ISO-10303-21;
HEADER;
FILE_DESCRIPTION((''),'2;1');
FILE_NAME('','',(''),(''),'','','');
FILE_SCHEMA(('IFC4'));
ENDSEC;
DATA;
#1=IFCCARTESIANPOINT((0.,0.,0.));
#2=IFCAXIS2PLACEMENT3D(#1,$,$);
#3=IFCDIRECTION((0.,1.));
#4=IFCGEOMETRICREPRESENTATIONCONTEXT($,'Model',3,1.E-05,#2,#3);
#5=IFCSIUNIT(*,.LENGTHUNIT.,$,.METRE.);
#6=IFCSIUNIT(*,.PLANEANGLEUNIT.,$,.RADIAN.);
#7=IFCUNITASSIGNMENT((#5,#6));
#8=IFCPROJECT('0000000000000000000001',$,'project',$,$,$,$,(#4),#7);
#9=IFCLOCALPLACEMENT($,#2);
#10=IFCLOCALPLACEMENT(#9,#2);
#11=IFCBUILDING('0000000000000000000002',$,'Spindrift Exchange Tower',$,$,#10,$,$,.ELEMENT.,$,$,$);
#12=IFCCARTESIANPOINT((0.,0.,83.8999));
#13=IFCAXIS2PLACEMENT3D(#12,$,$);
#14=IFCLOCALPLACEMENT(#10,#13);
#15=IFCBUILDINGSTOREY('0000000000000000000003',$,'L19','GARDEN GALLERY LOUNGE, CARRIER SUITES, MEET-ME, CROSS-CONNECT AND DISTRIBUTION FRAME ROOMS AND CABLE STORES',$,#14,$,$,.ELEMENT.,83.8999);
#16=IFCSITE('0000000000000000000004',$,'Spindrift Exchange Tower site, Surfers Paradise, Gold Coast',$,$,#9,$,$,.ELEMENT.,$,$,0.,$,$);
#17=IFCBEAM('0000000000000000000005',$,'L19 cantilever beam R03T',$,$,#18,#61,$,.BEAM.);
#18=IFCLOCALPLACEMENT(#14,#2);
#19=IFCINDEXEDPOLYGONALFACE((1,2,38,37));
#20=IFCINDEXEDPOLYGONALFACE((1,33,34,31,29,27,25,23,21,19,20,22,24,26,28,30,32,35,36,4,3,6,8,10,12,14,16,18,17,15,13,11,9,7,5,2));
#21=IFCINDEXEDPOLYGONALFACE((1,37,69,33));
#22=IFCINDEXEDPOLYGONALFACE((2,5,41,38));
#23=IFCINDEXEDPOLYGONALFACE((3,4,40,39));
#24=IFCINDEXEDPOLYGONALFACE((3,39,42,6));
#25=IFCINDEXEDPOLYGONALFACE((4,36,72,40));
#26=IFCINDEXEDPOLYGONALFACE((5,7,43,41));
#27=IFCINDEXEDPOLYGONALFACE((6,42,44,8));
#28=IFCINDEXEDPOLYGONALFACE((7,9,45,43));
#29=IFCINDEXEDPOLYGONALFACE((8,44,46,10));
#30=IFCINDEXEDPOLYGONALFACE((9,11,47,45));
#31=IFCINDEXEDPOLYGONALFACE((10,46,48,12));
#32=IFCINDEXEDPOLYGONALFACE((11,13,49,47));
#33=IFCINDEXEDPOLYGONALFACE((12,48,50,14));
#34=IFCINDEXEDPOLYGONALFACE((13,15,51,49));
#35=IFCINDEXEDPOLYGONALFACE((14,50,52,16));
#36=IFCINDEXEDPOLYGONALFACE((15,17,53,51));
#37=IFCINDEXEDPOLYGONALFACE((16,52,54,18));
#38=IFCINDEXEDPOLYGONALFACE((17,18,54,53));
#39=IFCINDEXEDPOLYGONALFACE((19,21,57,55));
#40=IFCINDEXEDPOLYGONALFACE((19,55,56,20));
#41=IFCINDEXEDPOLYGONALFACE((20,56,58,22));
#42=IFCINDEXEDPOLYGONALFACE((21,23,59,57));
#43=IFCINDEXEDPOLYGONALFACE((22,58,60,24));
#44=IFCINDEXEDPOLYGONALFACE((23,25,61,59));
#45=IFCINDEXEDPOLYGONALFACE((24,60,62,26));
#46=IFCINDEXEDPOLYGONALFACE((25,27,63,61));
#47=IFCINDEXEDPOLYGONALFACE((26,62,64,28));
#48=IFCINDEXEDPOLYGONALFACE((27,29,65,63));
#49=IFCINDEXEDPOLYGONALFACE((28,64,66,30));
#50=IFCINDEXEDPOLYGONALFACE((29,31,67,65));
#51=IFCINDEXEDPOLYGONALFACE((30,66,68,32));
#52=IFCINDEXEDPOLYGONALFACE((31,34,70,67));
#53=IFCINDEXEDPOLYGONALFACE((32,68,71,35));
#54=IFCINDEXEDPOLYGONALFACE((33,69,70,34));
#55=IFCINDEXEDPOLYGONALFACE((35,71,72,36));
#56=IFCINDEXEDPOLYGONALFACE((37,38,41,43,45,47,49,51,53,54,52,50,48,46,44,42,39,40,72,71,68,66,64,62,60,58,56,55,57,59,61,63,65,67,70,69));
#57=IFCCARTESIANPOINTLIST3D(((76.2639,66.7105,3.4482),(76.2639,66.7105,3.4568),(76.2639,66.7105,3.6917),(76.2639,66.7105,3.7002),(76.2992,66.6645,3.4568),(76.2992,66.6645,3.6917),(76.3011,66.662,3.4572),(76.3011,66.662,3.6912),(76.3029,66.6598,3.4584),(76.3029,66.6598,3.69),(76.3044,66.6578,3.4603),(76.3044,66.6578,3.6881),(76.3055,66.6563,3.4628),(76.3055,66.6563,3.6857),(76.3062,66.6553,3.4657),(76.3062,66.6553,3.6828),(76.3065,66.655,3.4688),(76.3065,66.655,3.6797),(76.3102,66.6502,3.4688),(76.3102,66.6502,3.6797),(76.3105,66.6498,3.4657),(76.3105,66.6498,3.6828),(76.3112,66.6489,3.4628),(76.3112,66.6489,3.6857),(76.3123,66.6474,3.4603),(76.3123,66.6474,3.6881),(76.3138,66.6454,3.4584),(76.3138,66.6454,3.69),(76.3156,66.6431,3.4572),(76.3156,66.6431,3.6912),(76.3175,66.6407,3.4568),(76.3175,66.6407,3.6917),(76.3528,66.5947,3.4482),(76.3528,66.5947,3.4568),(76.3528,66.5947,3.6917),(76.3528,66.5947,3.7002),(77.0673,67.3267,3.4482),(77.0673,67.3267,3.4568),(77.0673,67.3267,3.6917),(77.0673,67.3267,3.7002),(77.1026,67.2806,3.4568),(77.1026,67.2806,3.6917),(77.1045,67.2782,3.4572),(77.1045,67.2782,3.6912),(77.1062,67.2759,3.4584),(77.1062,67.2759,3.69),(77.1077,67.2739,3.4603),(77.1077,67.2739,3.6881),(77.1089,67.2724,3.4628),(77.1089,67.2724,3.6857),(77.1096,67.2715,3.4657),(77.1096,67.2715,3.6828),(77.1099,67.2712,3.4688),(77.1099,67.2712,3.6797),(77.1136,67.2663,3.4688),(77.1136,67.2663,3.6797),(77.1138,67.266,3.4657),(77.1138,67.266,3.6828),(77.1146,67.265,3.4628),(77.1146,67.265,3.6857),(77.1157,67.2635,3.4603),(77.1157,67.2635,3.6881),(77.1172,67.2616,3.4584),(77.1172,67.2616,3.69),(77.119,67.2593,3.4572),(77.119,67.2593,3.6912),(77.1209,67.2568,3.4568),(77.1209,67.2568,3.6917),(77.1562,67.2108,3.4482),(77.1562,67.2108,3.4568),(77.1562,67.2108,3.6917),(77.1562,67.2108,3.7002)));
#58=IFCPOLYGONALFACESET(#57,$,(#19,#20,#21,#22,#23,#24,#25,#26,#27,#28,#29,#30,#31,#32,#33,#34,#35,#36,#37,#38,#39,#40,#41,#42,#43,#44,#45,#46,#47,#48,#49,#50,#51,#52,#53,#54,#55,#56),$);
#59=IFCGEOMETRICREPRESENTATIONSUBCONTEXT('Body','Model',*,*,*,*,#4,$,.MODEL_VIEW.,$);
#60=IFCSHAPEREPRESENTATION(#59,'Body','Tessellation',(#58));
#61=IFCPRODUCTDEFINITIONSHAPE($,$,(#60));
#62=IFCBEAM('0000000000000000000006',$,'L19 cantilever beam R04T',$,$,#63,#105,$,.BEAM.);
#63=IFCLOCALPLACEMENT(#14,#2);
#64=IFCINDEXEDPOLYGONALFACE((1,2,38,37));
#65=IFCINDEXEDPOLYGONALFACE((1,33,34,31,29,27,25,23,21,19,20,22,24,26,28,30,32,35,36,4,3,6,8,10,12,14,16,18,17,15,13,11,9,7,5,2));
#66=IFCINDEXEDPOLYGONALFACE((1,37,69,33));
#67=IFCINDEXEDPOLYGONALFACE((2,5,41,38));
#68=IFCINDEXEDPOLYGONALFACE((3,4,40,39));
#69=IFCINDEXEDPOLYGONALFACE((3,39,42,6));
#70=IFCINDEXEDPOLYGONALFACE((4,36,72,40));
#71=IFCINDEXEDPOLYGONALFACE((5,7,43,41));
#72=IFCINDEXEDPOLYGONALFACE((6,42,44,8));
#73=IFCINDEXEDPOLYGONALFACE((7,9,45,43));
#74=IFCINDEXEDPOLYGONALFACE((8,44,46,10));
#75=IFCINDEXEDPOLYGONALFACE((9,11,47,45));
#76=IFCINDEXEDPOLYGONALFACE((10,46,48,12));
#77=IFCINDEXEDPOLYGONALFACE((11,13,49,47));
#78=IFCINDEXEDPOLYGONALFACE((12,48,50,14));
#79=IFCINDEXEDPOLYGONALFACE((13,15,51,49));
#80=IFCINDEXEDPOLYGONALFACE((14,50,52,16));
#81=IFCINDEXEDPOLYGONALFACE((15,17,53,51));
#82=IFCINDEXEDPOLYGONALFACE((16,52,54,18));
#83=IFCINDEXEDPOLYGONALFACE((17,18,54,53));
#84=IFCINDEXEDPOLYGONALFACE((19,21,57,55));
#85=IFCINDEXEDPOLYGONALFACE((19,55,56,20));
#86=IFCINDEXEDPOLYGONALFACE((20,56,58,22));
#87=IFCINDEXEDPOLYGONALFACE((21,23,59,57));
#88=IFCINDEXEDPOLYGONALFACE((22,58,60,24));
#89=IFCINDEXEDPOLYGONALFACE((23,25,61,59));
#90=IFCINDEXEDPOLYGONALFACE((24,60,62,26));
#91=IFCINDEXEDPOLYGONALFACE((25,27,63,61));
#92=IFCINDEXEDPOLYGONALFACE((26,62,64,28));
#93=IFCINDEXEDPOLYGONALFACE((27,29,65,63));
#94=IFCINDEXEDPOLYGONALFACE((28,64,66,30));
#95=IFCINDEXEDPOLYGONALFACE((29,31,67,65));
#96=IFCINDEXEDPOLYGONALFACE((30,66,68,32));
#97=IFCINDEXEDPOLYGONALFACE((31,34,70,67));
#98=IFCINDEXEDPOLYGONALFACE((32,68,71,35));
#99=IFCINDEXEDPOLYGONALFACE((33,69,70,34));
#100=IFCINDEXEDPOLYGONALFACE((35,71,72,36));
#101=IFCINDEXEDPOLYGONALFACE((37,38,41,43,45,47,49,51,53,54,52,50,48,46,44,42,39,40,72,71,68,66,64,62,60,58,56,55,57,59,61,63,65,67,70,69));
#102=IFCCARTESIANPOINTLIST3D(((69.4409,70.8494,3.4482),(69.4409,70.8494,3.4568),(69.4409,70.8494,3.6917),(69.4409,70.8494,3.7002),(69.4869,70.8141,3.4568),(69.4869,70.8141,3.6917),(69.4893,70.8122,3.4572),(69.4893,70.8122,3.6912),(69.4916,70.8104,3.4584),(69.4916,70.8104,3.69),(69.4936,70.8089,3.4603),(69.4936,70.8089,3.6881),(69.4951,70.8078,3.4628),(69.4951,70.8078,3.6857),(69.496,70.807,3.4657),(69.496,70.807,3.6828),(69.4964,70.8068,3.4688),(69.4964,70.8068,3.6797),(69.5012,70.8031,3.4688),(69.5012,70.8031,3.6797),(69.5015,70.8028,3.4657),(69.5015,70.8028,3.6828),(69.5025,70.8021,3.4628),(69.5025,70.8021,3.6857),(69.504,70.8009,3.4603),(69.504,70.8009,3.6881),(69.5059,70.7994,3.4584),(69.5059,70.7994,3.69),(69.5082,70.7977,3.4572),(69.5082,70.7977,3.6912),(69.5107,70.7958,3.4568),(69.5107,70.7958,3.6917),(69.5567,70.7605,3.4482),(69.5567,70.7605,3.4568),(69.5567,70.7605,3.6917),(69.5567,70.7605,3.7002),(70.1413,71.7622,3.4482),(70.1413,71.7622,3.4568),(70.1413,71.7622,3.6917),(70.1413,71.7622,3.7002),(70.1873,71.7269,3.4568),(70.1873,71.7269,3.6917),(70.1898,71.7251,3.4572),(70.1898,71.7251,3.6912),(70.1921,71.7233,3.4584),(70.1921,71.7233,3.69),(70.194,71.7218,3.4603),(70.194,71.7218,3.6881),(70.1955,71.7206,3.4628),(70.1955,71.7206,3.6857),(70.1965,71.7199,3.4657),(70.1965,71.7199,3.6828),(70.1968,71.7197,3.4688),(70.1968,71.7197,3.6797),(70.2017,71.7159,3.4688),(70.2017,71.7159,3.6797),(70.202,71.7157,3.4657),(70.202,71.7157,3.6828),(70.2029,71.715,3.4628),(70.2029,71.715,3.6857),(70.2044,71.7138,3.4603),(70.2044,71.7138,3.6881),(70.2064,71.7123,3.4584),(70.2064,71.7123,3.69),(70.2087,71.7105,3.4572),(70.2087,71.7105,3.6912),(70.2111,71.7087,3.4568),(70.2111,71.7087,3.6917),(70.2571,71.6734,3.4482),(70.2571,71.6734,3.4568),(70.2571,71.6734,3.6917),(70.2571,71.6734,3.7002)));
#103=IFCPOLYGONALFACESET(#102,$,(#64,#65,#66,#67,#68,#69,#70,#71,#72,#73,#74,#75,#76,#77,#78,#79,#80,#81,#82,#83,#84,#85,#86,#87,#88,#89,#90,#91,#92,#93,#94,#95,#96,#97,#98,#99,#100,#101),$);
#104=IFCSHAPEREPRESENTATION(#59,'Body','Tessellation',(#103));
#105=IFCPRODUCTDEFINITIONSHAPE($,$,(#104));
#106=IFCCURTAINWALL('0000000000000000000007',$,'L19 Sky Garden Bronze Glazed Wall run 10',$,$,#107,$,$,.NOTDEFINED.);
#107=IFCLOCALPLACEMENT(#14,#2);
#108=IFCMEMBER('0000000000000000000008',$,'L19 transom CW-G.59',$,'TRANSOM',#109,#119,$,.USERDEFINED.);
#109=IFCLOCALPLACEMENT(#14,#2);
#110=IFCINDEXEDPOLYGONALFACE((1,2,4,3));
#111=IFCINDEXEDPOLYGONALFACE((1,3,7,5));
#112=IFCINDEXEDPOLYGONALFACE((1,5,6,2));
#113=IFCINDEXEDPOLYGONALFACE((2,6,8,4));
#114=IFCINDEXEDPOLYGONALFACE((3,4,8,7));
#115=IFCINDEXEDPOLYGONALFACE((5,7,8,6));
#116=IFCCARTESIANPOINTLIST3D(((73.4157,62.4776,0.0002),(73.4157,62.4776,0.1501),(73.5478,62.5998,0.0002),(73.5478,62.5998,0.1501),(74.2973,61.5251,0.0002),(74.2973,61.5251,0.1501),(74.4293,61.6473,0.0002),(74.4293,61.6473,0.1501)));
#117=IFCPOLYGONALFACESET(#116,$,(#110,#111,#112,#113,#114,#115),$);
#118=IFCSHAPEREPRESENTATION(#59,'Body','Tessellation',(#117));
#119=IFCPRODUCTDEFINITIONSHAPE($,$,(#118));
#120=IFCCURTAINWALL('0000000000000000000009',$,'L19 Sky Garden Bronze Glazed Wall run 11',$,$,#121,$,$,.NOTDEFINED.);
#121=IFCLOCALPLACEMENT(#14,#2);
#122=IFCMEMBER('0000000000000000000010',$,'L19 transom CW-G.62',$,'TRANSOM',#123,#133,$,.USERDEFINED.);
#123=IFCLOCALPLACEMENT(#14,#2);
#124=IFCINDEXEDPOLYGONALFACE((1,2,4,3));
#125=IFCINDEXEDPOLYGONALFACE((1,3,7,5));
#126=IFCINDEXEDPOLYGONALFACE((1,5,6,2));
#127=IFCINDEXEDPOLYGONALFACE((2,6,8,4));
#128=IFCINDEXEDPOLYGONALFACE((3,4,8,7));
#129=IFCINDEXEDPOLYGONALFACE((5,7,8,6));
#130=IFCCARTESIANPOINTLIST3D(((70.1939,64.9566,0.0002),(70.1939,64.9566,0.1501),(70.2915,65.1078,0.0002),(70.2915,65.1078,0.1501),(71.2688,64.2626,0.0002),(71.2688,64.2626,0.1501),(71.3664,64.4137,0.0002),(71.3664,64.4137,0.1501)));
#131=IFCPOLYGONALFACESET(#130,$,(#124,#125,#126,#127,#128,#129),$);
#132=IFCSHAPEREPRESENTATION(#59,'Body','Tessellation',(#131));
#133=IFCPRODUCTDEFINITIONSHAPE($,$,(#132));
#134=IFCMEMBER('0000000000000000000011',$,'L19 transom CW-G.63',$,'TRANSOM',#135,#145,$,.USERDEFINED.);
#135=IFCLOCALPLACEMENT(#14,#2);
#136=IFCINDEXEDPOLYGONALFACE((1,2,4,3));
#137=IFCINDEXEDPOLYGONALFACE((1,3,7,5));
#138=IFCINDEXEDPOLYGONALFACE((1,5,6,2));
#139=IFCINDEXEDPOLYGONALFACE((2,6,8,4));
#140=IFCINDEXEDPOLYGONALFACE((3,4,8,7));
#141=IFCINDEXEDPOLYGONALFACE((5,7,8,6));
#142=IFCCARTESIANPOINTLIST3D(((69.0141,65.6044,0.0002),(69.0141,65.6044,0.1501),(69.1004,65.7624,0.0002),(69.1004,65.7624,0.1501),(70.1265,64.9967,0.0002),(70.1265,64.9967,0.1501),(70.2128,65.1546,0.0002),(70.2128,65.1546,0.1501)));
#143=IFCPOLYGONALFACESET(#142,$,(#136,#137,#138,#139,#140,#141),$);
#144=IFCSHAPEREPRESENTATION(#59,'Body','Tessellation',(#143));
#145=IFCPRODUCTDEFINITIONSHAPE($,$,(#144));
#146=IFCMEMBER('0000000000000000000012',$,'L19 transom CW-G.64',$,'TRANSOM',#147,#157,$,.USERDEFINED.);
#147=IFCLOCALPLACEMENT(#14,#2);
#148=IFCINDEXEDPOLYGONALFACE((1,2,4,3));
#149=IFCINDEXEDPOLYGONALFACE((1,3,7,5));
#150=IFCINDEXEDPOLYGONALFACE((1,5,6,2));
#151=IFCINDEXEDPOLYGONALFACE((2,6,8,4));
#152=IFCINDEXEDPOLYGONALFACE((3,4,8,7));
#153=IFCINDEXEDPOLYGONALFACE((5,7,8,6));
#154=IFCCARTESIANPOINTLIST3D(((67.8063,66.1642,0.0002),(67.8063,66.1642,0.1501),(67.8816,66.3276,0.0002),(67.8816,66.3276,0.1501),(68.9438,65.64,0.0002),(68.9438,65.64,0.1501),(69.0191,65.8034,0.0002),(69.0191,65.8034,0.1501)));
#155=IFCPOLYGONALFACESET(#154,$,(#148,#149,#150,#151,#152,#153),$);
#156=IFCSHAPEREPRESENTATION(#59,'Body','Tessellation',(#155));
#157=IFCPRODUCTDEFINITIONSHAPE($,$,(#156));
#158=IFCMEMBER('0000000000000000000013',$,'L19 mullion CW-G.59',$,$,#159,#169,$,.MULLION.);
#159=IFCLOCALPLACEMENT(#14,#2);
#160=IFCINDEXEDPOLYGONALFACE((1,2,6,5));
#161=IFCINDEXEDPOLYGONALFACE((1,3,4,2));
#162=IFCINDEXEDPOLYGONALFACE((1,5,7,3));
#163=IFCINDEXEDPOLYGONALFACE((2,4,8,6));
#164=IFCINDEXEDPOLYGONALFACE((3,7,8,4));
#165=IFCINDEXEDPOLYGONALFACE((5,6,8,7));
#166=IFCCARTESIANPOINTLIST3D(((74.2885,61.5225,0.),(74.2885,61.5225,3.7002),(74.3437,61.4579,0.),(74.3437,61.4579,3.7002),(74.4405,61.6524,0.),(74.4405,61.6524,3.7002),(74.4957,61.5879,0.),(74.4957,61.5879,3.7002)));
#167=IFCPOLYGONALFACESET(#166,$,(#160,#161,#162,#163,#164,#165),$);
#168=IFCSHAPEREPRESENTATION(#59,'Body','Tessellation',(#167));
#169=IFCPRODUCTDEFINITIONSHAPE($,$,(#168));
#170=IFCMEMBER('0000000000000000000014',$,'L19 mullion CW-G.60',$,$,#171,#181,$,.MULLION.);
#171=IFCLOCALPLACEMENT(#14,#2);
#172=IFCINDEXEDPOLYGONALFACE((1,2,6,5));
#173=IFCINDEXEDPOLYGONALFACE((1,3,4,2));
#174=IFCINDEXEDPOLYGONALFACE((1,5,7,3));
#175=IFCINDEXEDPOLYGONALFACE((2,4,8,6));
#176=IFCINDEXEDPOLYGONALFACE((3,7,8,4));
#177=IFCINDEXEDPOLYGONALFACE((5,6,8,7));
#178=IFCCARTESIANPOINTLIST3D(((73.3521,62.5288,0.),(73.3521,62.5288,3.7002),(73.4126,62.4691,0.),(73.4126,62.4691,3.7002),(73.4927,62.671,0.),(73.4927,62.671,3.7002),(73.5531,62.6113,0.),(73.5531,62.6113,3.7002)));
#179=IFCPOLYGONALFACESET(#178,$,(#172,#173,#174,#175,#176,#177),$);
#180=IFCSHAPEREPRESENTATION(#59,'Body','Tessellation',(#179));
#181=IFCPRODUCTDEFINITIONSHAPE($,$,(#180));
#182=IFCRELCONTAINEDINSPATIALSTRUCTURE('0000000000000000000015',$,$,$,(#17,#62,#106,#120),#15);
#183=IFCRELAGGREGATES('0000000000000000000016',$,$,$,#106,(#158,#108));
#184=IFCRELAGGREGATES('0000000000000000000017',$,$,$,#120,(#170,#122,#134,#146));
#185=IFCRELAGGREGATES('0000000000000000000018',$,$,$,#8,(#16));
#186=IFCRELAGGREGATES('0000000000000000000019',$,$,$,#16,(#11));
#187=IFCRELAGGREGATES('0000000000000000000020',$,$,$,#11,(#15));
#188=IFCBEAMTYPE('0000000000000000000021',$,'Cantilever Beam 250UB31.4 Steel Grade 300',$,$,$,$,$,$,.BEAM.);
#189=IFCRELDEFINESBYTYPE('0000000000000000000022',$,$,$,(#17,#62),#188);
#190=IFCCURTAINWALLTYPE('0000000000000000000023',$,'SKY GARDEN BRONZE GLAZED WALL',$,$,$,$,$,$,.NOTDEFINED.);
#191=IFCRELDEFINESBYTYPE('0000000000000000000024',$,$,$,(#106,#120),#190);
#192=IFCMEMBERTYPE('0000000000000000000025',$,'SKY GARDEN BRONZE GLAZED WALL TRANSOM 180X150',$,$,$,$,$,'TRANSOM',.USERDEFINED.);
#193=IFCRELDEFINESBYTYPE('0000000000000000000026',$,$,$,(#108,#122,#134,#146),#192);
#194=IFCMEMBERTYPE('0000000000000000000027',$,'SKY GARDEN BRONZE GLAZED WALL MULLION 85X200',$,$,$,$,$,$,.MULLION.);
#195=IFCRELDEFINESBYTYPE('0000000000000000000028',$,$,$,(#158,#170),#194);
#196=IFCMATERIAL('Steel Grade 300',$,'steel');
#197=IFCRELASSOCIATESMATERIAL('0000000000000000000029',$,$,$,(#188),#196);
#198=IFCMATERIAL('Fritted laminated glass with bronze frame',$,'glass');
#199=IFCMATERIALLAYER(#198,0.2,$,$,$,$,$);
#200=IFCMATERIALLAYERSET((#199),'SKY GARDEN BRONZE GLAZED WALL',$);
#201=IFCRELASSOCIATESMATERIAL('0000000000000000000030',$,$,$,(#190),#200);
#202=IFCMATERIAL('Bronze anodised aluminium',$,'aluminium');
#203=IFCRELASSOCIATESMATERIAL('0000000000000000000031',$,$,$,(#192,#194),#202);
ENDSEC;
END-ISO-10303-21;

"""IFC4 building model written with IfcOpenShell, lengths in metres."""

from ifc_helpers import new_model, si_unit, direction, frame, origin, origin_2d, place, context, subcontext, project, spatial, rectangle, i_section, extrude, source, transform, mapped, material, layer, layer_set, material_profile, profile_set, type_object, element, aggregate, save


model = new_model("IFC4")

# Units and contexts
model_context = context("Model", 3, precision=1e-05, world=origin(), true_north=direction((0.0, 1.0)))
body_context = subcontext(model_context, "Body", "Model", "MODEL_VIEW")
ifc_project = project(units=[si_unit("LENGTHUNIT", "METRE"), si_unit("PLANEANGLEUNIT", "RADIAN")], contexts=[model_context])

# Site, building, storey
site_placement = place(None, origin())
site = spatial("IfcSite", under=ifc_project, at=site_placement, Name="Spindrift Exchange Tower site, Surfers Paradise, Gold Coast", CompositionType="ELEMENT", RefElevation=0.0)
building_placement = place(site_placement, origin())
building = spatial("IfcBuilding", under=site, at=building_placement, Name="Spindrift Exchange Tower", CompositionType="ELEMENT")
storey_placement = place(building_placement, frame((0.0, 0.0, 83.8999)))
storey = spatial("IfcBuildingStorey", under=building, at=storey_placement, Name="L19", Description="GARDEN GALLERY LOUNGE, CARRIER SUITES, MEET-ME, CROSS-CONNECT AND DISTRIBUTION FRAME ROOMS AND CABLE STORES", CompositionType="ELEMENT", Elevation=83.8999)

# Beams
ifc_material_1 = material(Name="Steel Grade 300", Category="steel")
ifc_material_profile_1 = material_profile(ifc_material_1, i_section(OverallWidth=0.146, OverallDepth=0.252, WebThickness=0.0061, FlangeThickness=0.0085, FilletRadius=0.012, at=origin_2d()), Name="250UB31.4")
ifc_profile_set_1 = profile_set([ifc_material_profile_1], Name="Steel Grade 300")
beam_type_1 = type_object("IfcBeamType", Name="Cantilever Beam 250UB31.4 Steel Grade 300", PredefinedType="BEAM", material=ifc_profile_set_1)
shared_shape_1 = source(origin(), body_context, "Body", "SweptSolid", [
    extrude(i_section(OverallWidth=0.146, OverallDepth=0.252, WebThickness=0.0061, FlangeThickness=0.0085, FilletRadius=0.012, at=origin_2d()), origin(), (0.0, 0.0, 1.0), 1.0125),
])
beam_1_placement = place(storey_placement, frame((76.3083, 66.6526, 3.5742), z_axis=(0.793502, 0.608568, 0.0), x_axis=(-0.608568, 0.793502, 0.0)))
element("IfcBeam", 1, at=beam_1_placement, inside=storey, type_object=beam_type_1, Name="L19 cantilever beam R03T", PredefinedType="BEAM", context=body_context, shape_type="MappedRepresentation", body=[
    mapped(shared_shape_1, transform((0.0, 0.0, 0.0), scale=1.0)),
])
shared_shape_2 = source(origin(), body_context, "Body", "SweptSolid", [
    extrude(i_section(OverallWidth=0.146, OverallDepth=0.252, WebThickness=0.0061, FlangeThickness=0.0085, FilletRadius=0.012, at=origin_2d()), origin(), (0.0, 0.0, 1.0), 1.1506),
])
beam_2_placement = place(storey_placement, frame((69.4988, 70.8049, 3.5742), z_axis=(0.608757, 0.793357, 0.0), x_axis=(-0.793357, 0.608757, 0.0)))
element("IfcBeam", 2, at=beam_2_placement, inside=storey, type_object=beam_type_1, Name="L19 cantilever beam R04T", PredefinedType="BEAM", context=body_context, shape_type="MappedRepresentation", body=[
    mapped(shared_shape_2, transform((0.0, 0.0, 0.0), scale=1.0)),
])

# Curtain wall, member
ifc_material_2 = material(Name="Fritted laminated glass with bronze frame", Category="glass")
ifc_layer_1 = layer(ifc_material_2, 0.2)
ifc_layer_set_1 = layer_set([ifc_layer_1], Name="SKY GARDEN BRONZE GLAZED WALL")
curtain_wall_type = type_object("IfcCurtainWallType", Name="SKY GARDEN BRONZE GLAZED WALL", PredefinedType="NOTDEFINED", material=ifc_layer_set_1)
curtain_wall_1_placement = place(storey_placement, origin())
curtain_wall_1 = element("IfcCurtainWall", 3, at=curtain_wall_1_placement, inside=storey, type_object=curtain_wall_type, Name="L19 Sky Garden Bronze Glazed Wall run 10", PredefinedType="NOTDEFINED")
ifc_material_3 = material(Name="Bronze anodised aluminium", Category="aluminium")
ifc_material_profile_2 = material_profile(ifc_material_3, rectangle(XDim=0.1799, YDim=0.1499, at=origin_2d()), Name="SKY GARDEN BRONZE GLAZED WALL TRANSOM 180X150")
ifc_profile_set_2 = profile_set([ifc_material_profile_2], Name="Bronze anodised aluminium")
member_type_1 = type_object("IfcMemberType", Name="SKY GARDEN BRONZE GLAZED WALL TRANSOM 180X150", ElementType="TRANSOM", PredefinedType="USERDEFINED", material=ifc_profile_set_2)
shared_shape_3 = source(origin(), body_context, "Body", "SweptSolid", [
    extrude(rectangle(XDim=0.1799, YDim=0.1499, at=origin_2d()), origin(), (0.0, 0.0, 1.0), 1.2979),
])
member_1_placement = place(storey_placement, frame((74.3633, 61.5862, 0.0752), z_axis=(-0.679209, 0.733945, 0.0), x_axis=(-0.733945, -0.679209, 0.0)))
member_1 = element("IfcMember", 4, at=member_1_placement, type_object=member_type_1, Name="L19 transom CW-G.59", ObjectType="TRANSOM", PredefinedType="USERDEFINED", context=body_context, shape_type="MappedRepresentation", body=[
    mapped(shared_shape_3, transform((0.0, 0.0, 0.0), scale=1.0)),
])

# Curtain wall, members
curtain_wall_2_placement = place(storey_placement, origin())
curtain_wall_2 = element("IfcCurtainWall", 5, at=curtain_wall_2_placement, inside=storey, type_object=curtain_wall_type, Name="L19 Sky Garden Bronze Glazed Wall run 11", PredefinedType="NOTDEFINED")
shared_shape_4 = source(origin(), body_context, "Body", "SweptSolid", [
    extrude(rectangle(XDim=0.1799, YDim=0.1499, at=origin_2d()), origin(), (0.0, 0.0, 1.0), 1.2795),
])
member_2_placement = place(storey_placement, frame((71.3176, 64.3381, 0.0752), z_axis=(-0.840092, 0.542444, 0.0), x_axis=(-0.542444, -0.840092, 0.0)))
member_2 = element("IfcMember", 6, at=member_2_placement, type_object=member_type_1, Name="L19 transom CW-G.62", ObjectType="TRANSOM", PredefinedType="USERDEFINED", context=body_context, shape_type="MappedRepresentation", body=[
    mapped(shared_shape_4, transform((0.0, 0.0, 0.0), scale=1.0)),
])
shared_shape_5 = source(origin(), body_context, "Body", "SweptSolid", [
    extrude(rectangle(XDim=0.1799, YDim=0.1499, at=origin_2d()), origin(), (0.0, 0.0, 1.0), 1.2676),
])
member_3_placement = place(storey_placement, frame((70.1697, 65.0757, 0.0752), z_axis=(-0.877579, 0.479432, 0.0), x_axis=(-0.479432, -0.877579, 0.0)))
member_3 = element("IfcMember", 7, at=member_3_placement, type_object=member_type_1, Name="L19 transom CW-G.63", ObjectType="TRANSOM", PredefinedType="USERDEFINED", context=body_context, shape_type="MappedRepresentation", body=[
    mapped(shared_shape_5, transform((0.0, 0.0, 0.0), scale=1.0)),
])
shared_shape_6 = source(origin(), body_context, "Body", "SweptSolid", [
    extrude(rectangle(XDim=0.1799, YDim=0.1499, at=origin_2d()), origin(), (0.0, 0.0, 1.0), 1.2524),
])
member_4_placement = place(storey_placement, frame((68.9814, 65.7217, 0.0752), z_axis=(-0.908205, 0.418527, 0.0), x_axis=(-0.418527, -0.908205, 0.0)))
member_4 = element("IfcMember", 8, at=member_4_placement, type_object=member_type_1, Name="L19 transom CW-G.64", ObjectType="TRANSOM", PredefinedType="USERDEFINED", context=body_context, shape_type="MappedRepresentation", body=[
    mapped(shared_shape_6, transform((0.0, 0.0, 0.0), scale=1.0)),
])

# Members
ifc_material_profile_3 = material_profile(ifc_material_3, rectangle(XDim=0.085, YDim=0.2, at=origin_2d()), Name="SKY GARDEN BRONZE GLAZED WALL MULLION 85X200")
ifc_profile_set_3 = profile_set([ifc_material_profile_3], Name="Bronze anodised aluminium")
member_type_2 = type_object("IfcMemberType", Name="SKY GARDEN BRONZE GLAZED WALL MULLION 85X200", PredefinedType="MULLION", material=ifc_profile_set_3)
shared_shape_7 = source(origin(), body_context, "Body", "SweptSolid", [
    extrude(rectangle(XDim=0.085, YDim=0.2, at=origin_2d()), origin(), (0.0, 0.0, 1.0), 3.7002),
])
member_5_placement = place(storey_placement, frame((74.3921, 61.5552, 0.0), z_axis=(0.0, 0.0, 1.0), x_axis=(-0.649997, 0.759936, 0.0)))
member_5 = element("IfcMember", 9, at=member_5_placement, type_object=member_type_2, Name="L19 mullion CW-G.59", PredefinedType="MULLION", context=body_context, shape_type="MappedRepresentation", body=[
    mapped(shared_shape_7, transform((0.0, 0.0, 0.0), scale=1.0)),
])
member_6_placement = place(storey_placement, frame((73.4526, 62.5701, 0.0), z_axis=(0.0, 0.0, 1.0), x_axis=(-0.711117, 0.703074, 0.0)))
member_6 = element("IfcMember", 10, at=member_6_placement, type_object=member_type_2, Name="L19 mullion CW-G.60", PredefinedType="MULLION", context=body_context, shape_type="MappedRepresentation", body=[
    mapped(shared_shape_7, transform((0.0, 0.0, 0.0), scale=1.0)),
])

aggregate(curtain_wall_1, [member_5, member_1])
aggregate(curtain_wall_2, [member_6, member_2, member_3, member_4])

save(model, "model.ifc")
